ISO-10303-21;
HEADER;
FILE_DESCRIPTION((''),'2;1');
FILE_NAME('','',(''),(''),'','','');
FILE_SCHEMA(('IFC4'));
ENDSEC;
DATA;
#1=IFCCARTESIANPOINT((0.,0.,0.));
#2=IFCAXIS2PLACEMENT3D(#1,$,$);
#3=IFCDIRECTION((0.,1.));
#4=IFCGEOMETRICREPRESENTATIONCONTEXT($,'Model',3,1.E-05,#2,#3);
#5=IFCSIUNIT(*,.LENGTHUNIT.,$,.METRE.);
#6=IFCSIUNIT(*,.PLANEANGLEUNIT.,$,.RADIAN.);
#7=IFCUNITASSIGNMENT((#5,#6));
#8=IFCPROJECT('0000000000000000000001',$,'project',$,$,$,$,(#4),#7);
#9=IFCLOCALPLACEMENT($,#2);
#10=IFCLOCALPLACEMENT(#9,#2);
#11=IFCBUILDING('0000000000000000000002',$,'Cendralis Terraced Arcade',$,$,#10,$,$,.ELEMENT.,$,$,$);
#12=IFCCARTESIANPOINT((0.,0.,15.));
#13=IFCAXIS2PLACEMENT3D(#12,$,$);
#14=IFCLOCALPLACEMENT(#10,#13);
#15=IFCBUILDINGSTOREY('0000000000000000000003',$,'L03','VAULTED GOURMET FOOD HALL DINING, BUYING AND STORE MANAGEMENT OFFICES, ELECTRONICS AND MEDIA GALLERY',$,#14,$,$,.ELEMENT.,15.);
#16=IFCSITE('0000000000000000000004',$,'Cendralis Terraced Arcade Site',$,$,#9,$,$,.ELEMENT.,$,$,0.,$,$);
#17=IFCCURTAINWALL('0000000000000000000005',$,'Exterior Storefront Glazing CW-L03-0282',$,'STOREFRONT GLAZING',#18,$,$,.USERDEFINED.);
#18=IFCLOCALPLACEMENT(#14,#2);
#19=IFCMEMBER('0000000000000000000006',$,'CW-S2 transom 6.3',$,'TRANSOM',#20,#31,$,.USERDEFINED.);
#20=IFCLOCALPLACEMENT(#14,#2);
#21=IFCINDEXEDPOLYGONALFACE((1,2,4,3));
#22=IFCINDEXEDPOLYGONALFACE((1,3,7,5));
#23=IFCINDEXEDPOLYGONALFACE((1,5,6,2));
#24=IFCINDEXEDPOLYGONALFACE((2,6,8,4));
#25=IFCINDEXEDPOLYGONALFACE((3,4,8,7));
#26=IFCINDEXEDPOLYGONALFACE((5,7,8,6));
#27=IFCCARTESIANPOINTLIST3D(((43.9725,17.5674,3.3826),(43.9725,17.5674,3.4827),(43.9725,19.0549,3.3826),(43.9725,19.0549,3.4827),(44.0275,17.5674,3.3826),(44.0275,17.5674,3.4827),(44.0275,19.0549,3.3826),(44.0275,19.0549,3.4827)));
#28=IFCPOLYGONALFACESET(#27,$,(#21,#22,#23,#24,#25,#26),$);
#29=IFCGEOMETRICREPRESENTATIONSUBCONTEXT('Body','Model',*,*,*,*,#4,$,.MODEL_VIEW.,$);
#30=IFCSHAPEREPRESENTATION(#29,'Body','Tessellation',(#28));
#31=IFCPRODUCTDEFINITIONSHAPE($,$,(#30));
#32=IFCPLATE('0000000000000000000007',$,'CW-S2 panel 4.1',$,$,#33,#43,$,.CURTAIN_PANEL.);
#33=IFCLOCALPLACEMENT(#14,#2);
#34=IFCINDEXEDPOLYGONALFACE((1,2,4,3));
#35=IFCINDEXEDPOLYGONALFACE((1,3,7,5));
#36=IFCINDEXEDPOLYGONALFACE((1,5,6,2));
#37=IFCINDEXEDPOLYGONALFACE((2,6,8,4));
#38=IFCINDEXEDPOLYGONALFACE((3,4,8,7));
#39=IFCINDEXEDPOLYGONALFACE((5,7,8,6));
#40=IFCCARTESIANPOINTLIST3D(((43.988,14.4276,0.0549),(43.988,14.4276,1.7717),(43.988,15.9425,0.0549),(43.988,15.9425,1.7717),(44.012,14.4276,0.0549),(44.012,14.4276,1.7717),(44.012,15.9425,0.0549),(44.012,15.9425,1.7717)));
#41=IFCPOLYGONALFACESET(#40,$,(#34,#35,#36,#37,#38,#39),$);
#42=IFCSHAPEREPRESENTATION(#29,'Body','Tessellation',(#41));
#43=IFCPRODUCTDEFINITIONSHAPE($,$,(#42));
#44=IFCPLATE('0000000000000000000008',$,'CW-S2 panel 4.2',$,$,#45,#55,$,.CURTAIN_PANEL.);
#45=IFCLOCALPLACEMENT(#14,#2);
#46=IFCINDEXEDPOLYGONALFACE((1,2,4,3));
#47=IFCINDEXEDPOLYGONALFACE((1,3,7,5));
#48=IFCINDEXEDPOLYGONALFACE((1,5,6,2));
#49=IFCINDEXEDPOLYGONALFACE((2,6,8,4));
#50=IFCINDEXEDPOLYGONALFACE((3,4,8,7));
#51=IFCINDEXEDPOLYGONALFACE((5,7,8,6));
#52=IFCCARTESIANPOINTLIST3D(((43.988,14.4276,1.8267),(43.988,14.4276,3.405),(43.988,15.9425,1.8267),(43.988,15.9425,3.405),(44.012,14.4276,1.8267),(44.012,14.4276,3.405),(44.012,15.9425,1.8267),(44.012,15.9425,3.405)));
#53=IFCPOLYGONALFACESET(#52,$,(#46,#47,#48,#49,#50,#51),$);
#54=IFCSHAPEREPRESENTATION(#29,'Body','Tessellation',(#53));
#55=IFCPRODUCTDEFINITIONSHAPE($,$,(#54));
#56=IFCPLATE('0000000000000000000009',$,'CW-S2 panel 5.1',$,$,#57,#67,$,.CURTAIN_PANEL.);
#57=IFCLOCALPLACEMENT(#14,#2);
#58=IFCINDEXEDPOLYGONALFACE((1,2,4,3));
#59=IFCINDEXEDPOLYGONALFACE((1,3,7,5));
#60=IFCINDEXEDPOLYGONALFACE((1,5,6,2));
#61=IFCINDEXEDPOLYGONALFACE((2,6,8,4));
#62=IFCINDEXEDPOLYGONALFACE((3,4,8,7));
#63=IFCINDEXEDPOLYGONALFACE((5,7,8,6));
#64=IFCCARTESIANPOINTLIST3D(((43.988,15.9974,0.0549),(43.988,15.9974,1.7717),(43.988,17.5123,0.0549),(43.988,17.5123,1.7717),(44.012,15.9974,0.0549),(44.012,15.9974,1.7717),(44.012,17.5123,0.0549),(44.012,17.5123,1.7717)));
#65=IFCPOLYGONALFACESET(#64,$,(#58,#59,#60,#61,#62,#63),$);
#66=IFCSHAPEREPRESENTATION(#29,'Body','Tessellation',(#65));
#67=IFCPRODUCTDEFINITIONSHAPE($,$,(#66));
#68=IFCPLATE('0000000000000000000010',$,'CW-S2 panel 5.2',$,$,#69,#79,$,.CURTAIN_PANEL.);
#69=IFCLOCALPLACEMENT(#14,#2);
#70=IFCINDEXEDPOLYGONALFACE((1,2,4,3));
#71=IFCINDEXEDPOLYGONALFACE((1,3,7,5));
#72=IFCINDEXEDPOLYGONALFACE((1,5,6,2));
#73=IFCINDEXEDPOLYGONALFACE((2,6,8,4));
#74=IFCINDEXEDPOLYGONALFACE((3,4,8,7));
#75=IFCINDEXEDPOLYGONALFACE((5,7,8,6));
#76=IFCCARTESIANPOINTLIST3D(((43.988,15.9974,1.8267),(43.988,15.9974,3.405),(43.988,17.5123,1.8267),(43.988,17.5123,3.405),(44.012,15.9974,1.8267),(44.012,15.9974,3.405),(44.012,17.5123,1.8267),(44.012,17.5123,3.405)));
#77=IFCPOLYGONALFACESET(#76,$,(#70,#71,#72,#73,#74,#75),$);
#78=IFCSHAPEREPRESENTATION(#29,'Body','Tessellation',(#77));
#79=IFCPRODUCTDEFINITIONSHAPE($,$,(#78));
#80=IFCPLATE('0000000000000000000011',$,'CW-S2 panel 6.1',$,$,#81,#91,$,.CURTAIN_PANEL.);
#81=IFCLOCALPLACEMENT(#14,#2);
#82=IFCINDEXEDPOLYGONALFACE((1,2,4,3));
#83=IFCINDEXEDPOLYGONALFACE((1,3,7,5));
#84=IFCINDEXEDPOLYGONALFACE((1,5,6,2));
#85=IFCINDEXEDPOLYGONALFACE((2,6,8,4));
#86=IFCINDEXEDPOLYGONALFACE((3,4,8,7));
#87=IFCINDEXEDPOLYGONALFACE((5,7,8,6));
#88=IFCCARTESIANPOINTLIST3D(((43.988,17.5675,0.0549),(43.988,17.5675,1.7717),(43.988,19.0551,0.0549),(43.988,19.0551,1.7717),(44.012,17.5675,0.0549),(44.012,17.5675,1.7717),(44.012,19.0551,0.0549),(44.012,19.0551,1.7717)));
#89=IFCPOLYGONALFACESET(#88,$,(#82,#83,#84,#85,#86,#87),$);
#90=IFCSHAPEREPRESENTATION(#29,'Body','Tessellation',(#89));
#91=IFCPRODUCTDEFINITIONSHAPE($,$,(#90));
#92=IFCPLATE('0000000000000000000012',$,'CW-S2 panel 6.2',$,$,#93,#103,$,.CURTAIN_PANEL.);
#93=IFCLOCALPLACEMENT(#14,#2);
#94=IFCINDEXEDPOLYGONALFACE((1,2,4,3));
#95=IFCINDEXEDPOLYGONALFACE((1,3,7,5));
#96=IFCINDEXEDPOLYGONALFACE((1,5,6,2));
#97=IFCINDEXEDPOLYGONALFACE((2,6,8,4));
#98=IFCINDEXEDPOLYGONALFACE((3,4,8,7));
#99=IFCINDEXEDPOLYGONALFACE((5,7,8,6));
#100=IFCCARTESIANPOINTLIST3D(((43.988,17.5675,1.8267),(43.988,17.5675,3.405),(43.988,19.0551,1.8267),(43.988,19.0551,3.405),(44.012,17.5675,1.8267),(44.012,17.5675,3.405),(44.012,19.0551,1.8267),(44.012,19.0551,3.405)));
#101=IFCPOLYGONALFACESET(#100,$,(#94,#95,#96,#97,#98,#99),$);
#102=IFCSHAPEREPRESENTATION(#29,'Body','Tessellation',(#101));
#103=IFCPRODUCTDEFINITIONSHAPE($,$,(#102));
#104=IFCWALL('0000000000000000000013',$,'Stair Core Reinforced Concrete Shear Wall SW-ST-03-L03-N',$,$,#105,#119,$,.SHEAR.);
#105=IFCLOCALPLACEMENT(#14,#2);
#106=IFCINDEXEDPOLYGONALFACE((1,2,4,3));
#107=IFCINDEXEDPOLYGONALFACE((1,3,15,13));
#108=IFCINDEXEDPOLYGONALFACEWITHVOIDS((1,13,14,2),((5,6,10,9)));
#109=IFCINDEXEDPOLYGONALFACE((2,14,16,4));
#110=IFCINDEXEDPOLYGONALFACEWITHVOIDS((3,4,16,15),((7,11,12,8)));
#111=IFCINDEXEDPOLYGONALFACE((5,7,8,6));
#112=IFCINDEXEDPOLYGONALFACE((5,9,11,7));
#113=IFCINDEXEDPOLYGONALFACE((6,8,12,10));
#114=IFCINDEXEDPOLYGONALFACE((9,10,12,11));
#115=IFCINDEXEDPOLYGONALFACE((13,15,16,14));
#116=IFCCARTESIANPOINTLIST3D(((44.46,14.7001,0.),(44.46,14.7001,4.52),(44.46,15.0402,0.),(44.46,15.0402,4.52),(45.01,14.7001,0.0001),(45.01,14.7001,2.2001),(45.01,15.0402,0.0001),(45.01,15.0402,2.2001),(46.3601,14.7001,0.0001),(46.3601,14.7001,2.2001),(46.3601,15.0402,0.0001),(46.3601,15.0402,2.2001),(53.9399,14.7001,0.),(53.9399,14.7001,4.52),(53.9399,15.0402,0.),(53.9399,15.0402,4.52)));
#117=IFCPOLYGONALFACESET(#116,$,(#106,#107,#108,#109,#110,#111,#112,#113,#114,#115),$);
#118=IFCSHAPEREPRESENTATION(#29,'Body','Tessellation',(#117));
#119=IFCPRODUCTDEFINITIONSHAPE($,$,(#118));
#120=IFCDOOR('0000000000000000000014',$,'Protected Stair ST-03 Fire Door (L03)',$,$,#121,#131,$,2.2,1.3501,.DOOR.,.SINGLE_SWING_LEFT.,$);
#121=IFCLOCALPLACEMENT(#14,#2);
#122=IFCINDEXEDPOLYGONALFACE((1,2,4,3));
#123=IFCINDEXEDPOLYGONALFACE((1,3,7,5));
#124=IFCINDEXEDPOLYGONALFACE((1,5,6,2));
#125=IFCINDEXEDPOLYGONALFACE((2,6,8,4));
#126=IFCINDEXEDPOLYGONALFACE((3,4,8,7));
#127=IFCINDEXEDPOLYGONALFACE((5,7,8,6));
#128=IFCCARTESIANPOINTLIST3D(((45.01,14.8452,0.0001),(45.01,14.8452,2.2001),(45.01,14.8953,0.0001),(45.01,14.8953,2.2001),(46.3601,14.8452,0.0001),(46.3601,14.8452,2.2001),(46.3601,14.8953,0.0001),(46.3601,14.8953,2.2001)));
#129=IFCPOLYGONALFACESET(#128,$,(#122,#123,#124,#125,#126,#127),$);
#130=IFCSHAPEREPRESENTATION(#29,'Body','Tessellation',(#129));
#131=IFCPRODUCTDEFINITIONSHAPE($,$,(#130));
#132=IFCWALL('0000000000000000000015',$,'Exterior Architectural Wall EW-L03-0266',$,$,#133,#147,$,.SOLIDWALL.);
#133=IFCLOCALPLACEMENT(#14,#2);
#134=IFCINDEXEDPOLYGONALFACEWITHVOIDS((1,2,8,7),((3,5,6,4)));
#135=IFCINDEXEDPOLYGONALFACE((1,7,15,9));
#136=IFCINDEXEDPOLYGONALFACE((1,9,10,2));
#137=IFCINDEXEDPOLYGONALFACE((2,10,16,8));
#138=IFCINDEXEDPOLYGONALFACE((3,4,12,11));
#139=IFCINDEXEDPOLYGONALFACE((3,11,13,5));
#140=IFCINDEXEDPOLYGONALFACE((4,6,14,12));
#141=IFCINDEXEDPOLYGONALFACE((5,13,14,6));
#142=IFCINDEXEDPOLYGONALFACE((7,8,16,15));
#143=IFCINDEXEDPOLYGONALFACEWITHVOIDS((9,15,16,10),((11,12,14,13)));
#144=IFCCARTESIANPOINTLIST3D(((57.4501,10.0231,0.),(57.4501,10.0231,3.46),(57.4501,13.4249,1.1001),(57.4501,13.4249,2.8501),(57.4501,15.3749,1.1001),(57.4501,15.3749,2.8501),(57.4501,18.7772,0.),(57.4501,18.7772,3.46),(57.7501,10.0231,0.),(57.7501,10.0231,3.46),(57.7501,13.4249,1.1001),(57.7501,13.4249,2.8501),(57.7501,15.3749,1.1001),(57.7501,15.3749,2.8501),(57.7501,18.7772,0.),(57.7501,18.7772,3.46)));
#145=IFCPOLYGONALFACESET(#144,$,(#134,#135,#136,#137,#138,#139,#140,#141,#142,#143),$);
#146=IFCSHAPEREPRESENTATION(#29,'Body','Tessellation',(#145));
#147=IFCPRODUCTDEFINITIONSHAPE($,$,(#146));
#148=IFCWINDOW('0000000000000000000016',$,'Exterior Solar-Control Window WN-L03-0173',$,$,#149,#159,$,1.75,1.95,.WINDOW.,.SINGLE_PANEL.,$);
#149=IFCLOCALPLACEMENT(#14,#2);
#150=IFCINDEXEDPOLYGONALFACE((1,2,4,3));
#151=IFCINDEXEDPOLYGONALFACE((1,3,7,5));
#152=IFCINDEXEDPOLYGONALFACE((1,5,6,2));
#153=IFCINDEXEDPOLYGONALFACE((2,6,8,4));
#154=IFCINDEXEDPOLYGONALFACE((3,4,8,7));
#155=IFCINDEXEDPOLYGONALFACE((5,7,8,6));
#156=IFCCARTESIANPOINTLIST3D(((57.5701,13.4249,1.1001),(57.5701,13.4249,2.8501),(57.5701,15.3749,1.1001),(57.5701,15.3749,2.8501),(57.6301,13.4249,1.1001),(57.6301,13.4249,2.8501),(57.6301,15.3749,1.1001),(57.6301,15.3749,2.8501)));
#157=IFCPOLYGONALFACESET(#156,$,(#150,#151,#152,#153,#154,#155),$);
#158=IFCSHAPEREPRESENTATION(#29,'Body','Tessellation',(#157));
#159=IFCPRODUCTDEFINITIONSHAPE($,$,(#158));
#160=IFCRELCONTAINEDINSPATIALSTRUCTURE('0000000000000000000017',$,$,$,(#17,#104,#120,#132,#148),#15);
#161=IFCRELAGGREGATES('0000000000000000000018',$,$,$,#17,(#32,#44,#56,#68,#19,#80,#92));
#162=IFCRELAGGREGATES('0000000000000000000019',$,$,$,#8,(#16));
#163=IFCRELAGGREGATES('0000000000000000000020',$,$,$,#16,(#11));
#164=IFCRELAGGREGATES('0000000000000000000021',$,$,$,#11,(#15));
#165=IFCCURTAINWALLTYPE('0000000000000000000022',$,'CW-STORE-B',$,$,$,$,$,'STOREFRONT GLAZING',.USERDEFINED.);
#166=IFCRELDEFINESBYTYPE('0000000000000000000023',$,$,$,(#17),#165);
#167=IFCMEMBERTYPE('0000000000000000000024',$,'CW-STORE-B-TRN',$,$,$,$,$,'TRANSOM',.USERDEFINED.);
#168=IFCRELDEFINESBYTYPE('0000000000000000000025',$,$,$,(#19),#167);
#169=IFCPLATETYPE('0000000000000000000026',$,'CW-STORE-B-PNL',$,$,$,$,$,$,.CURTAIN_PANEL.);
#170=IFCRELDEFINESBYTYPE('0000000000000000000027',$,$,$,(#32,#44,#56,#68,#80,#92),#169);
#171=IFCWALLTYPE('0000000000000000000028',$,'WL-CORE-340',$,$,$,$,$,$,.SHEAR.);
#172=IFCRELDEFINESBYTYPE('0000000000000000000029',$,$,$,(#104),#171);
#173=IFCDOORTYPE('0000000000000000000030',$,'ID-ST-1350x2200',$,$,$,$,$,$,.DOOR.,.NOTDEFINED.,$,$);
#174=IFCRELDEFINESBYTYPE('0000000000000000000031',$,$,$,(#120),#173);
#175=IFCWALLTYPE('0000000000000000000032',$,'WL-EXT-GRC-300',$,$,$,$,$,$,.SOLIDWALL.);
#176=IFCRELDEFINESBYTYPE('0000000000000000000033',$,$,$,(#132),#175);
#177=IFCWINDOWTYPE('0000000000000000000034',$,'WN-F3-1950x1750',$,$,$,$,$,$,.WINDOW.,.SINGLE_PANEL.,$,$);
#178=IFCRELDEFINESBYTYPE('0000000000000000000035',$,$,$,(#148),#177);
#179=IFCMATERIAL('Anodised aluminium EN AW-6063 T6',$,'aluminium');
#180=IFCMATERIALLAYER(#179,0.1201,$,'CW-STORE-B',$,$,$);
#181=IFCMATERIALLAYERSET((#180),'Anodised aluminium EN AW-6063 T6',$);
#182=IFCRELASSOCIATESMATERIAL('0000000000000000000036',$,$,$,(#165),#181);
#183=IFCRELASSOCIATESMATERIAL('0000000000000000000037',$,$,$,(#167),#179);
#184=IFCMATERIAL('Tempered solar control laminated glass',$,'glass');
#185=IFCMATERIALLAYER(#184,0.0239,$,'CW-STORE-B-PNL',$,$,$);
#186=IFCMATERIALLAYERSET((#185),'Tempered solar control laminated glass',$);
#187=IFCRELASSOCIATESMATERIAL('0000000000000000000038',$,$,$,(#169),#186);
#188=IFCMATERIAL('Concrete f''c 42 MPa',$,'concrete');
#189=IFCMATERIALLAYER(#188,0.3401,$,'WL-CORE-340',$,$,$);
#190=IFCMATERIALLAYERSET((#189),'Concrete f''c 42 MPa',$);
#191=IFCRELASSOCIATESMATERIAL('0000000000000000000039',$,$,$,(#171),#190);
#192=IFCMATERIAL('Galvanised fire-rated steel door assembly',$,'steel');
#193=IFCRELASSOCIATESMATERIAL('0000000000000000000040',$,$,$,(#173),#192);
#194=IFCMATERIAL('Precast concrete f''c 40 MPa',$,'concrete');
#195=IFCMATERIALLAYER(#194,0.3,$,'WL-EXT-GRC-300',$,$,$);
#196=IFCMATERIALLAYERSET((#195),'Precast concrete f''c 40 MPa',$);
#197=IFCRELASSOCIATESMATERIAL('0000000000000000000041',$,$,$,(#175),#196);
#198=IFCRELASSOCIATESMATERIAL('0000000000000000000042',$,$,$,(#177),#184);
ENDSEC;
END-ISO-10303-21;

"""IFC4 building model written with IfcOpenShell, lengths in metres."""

from ifc_helpers import new_model, si_unit, direction, frame, frame_2d, origin, origin_2d, place, context, subcontext, project, spatial, rectangle, extrude, material, layer, layer_set, material_profile, profile_set, type_object, element, fill, aggregate, save


model = new_model("IFC4")

# Units and contexts
model_context = context("Model", 3, precision=1e-05, world=origin(), true_north=direction((0.0, 1.0)))
body_context = subcontext(model_context, "Body", "Model", "MODEL_VIEW")
ifc_project = project(units=[si_unit("LENGTHUNIT", "METRE"), si_unit("PLANEANGLEUNIT", "RADIAN")], contexts=[model_context])

# Site, building, storey
site_placement = place(None, origin())
site = spatial("IfcSite", under=ifc_project, at=site_placement, Name="Cendralis Terraced Arcade Site", CompositionType="ELEMENT", RefElevation=0.0)
building_placement = place(site_placement, origin())
building = spatial("IfcBuilding", under=site, at=building_placement, Name="Cendralis Terraced Arcade", CompositionType="ELEMENT")
storey_placement = place(building_placement, frame((0.0, 0.0, 15.0)))
storey = spatial("IfcBuildingStorey", under=building, at=storey_placement, Name="L03", Description="VAULTED GOURMET FOOD HALL DINING, BUYING AND STORE MANAGEMENT OFFICES, ELECTRONICS AND MEDIA GALLERY", CompositionType="ELEMENT", Elevation=15.0)

# Shared definitions
ifc_material_1 = material(Name="Concrete f'c 42 MPa", Category="concrete")

# Curtain wall, member, plates
ifc_material_2 = material(Name="Anodised aluminium EN AW-6063 T6", Category="aluminium")
ifc_layer_1 = layer(ifc_material_2, 0.1201, Name="CW-STORE-B")
ifc_layer_set_1 = layer_set([ifc_layer_1], Name="Anodised aluminium EN AW-6063 T6")
curtain_wall_type = type_object("IfcCurtainWallType", Name="CW-STORE-B", ElementType="STOREFRONT GLAZING", PredefinedType="USERDEFINED", material=ifc_layer_set_1)
curtain_wall_placement = place(storey_placement, origin())
curtain_wall = element("IfcCurtainWall", 1, at=curtain_wall_placement, inside=storey, type_object=curtain_wall_type, Name="Exterior Storefront Glazing CW-L03-0282", ObjectType="STOREFRONT GLAZING", PredefinedType="USERDEFINED")
ifc_material_profile_1 = material_profile(ifc_material_2, rectangle(XDim=0.0549, YDim=0.1001, at=origin_2d()), Name="ALU-TRN-55x100")
ifc_profile_set_1 = profile_set([ifc_material_profile_1], Name="Anodised aluminium EN AW-6063 T6")
member_type_1 = type_object("IfcMemberType", Name="CW-STORE-B-TRN", ElementType="TRANSOM", PredefinedType="USERDEFINED", material=ifc_profile_set_1)
member_1_placement = place(storey_placement, frame((44.0, 17.5674, 3.4326), z_axis=(0.0, 1.0, 0.0), x_axis=(-1.0, 0.0, 0.0)))
member_1 = element("IfcMember", 2, at=member_1_placement, type_object=member_type_1, Name="CW-S2 transom 6.3", ObjectType="TRANSOM", PredefinedType="USERDEFINED", context=body_context, shape_type="SweptSolid", body=[
    extrude(rectangle(XDim=0.0549, YDim=0.1001, at=origin_2d()), origin(), (0.0, 0.0, 1.0), 1.4875),
])
ifc_material_3 = material(Name="Tempered solar control laminated glass", Category="glass")
ifc_layer_2 = layer(ifc_material_3, 0.0239, Name="CW-STORE-B-PNL")
ifc_layer_set_2 = layer_set([ifc_layer_2], Name="Tempered solar control laminated glass")
plate_type = type_object("IfcPlateType", Name="CW-STORE-B-PNL", PredefinedType="CURTAIN_PANEL", material=ifc_layer_set_2)
plate_1_placement = place(storey_placement, frame((44.0, 15.1851, 0.0549), z_axis=(0.0, 0.0, 1.0), x_axis=(0.0, 1.0, 0.0)))
plate_1 = element("IfcPlate", 3, at=plate_1_placement, type_object=plate_type, Name="CW-S2 panel 4.1", PredefinedType="CURTAIN_PANEL", context=body_context, shape_type="SweptSolid", body=[
    extrude(rectangle(XDim=1.5149, YDim=0.0239, at=origin_2d()), origin(), (0.0, 0.0, 1.0), 1.7168),
])
plate_2_placement = place(storey_placement, frame((44.0, 15.1851, 1.8267), z_axis=(0.0, 0.0, 1.0), x_axis=(0.0, 1.0, 0.0)))
plate_2 = element("IfcPlate", 4, at=plate_2_placement, type_object=plate_type, Name="CW-S2 panel 4.2", PredefinedType="CURTAIN_PANEL", context=body_context, shape_type="SweptSolid", body=[
    extrude(rectangle(XDim=1.5149, YDim=0.0239, at=origin_2d()), origin(), (0.0, 0.0, 1.0), 1.5784),
])
plate_3_placement = place(storey_placement, frame((44.0, 16.7549, 0.0549), z_axis=(0.0, 0.0, 1.0), x_axis=(0.0, 1.0, 0.0)))
plate_3 = element("IfcPlate", 5, at=plate_3_placement, type_object=plate_type, Name="CW-S2 panel 5.1", PredefinedType="CURTAIN_PANEL", context=body_context, shape_type="SweptSolid", body=[
    extrude(rectangle(XDim=1.5149, YDim=0.0239, at=origin_2d()), origin(), (0.0, 0.0, 1.0), 1.7168),
])
plate_4_placement = place(storey_placement, frame((44.0, 16.7549, 1.8267), z_axis=(0.0, 0.0, 1.0), x_axis=(0.0, 1.0, 0.0)))
plate_4 = element("IfcPlate", 6, at=plate_4_placement, type_object=plate_type, Name="CW-S2 panel 5.2", PredefinedType="CURTAIN_PANEL", context=body_context, shape_type="SweptSolid", body=[
    extrude(rectangle(XDim=1.5149, YDim=0.0239, at=origin_2d()), origin(), (0.0, 0.0, 1.0), 1.5784),
])
plate_5_placement = place(storey_placement, frame((44.0, 18.3113, 0.0549), z_axis=(0.0, 0.0, 1.0), x_axis=(0.0, 1.0, 0.0)))
plate_5 = element("IfcPlate", 7, at=plate_5_placement, type_object=plate_type, Name="CW-S2 panel 6.1", PredefinedType="CURTAIN_PANEL", context=body_context, shape_type="SweptSolid", body=[
    extrude(rectangle(XDim=1.4875, YDim=0.0239, at=origin_2d()), origin(), (0.0, 0.0, 1.0), 1.7168),
])
plate_6_placement = place(storey_placement, frame((44.0, 18.3113, 1.8267), z_axis=(0.0, 0.0, 1.0), x_axis=(0.0, 1.0, 0.0)))
plate_6 = element("IfcPlate", 8, at=plate_6_placement, type_object=plate_type, Name="CW-S2 panel 6.2", PredefinedType="CURTAIN_PANEL", context=body_context, shape_type="SweptSolid", body=[
    extrude(rectangle(XDim=1.4875, YDim=0.0239, at=origin_2d()), origin(), (0.0, 0.0, 1.0), 1.5784),
])
aggregate(curtain_wall, [plate_1, plate_2, plate_3, plate_4, member_1, plate_5, plate_6])

# Wall, opening, door
ifc_layer_3 = layer(ifc_material_1, 0.3401, Name="WL-CORE-340")
ifc_layer_set_3 = layer_set([ifc_layer_3], Name="Concrete f'c 42 MPa")
wall_type_1 = type_object("IfcWallType", Name="WL-CORE-340", PredefinedType="SHEAR", material=ifc_layer_set_3)
wall_1_placement = place(storey_placement, frame((44.46, 14.8701, 0.0), z_axis=(0.0, 0.0, 1.0), x_axis=(1.0, 0.0, 0.0)))
wall_1 = element("IfcWall", 9, at=wall_1_placement, inside=storey, type_object=wall_type_1, Name="Stair Core Reinforced Concrete Shear Wall SW-ST-03-L03-N", PredefinedType="SHEAR", context=body_context, shape_type="SweptSolid", body=[
    extrude(rectangle(XDim=9.48, YDim=0.3401, at=frame_2d((4.74, 0.0))), origin(), (0.0, 0.0, 1.0), 4.52),
])
opening_1_placement = place(wall_1_placement, frame((0.55, 0.0, 0.0)))
opening_1 = element("IfcOpeningElement", 10, at=opening_1_placement, cuts=wall_1, PredefinedType="OPENING", context=body_context, shape_type="SweptSolid", body=[
    extrude(rectangle(XDim=1.3501, YDim=2.2, at=frame_2d((0.675, 1.1001))), frame((0.0, 0.1821, 0.0), z_axis=(0.0, -1.0, 0.0), x_axis=(1.0, 0.0, 0.0)), (0.0, 0.0, 1.0), 0.364),
])
ifc_material_4 = material(Name="Galvanised fire-rated steel door assembly", Category="steel")
door_type_1 = type_object("IfcDoorType", Name="ID-ST-1350x2200", OperationType="NOTDEFINED", PredefinedType="DOOR", material=ifc_material_4)
door_1_placement = place(opening_1_placement, frame((1.3501, 0.0, 0.0), z_axis=(0.0, 0.0, 1.0), x_axis=(-1.0, 0.0, 0.0)))
door_1 = element("IfcDoor", 11, at=door_1_placement, inside=storey, type_object=door_type_1, Name="Protected Stair ST-03 Fire Door (L03)", OperationType="SINGLE_SWING_LEFT", OverallHeight=2.2, OverallWidth=1.3501, PredefinedType="DOOR", context=body_context, shape_type="SweptSolid", body=[
    extrude(rectangle(XDim=1.3501, YDim=2.2, at=frame_2d((0.675, 1.1001))), frame((0.0, 0.0249, 0.0), z_axis=(0.0, -1.0, 0.0), x_axis=(1.0, 0.0, 0.0)), (0.0, 0.0, 1.0), 0.05),
])
fill(opening_1, door_1)

# Wall, opening, window
ifc_material_5 = material(Name="Precast concrete f'c 40 MPa", Category="concrete")
ifc_layer_4 = layer(ifc_material_5, 0.3, Name="WL-EXT-GRC-300")
ifc_layer_set_4 = layer_set([ifc_layer_4], Name="Precast concrete f'c 40 MPa")
wall_type_2 = type_object("IfcWallType", Name="WL-EXT-GRC-300", PredefinedType="SOLIDWALL", material=ifc_layer_set_4)
wall_2_placement = place(storey_placement, frame((57.6001, 18.7771, 0.0), z_axis=(0.0, 0.0, 1.0), x_axis=(0.0, -1.0, 0.0)))
wall_2 = element("IfcWall", 12, at=wall_2_placement, inside=storey, type_object=wall_type_2, Name="Exterior Architectural Wall EW-L03-0266", PredefinedType="SOLIDWALL", context=body_context, shape_type="SweptSolid", body=[
    extrude(rectangle(XDim=8.7542, YDim=0.3, at=frame_2d((4.377, 0.0))), origin(), (0.0, 0.0, 1.0), 3.46),
])
opening_2_placement = place(wall_2_placement, frame((3.4021, 0.0, 1.1001)))
opening_2 = element("IfcOpeningElement", 13, at=opening_2_placement, cuts=wall_2, PredefinedType="OPENING", context=body_context, shape_type="SweptSolid", body=[
    extrude(rectangle(XDim=1.95, YDim=1.75, at=frame_2d((0.9751, 0.875))), frame((0.0, 0.1621, 0.0), z_axis=(0.0, -1.0, 0.0), x_axis=(1.0, 0.0, 0.0)), (0.0, 0.0, 1.0), 0.324),
])
window_type_1 = type_object("IfcWindowType", Name="WN-F3-1950x1750", PartitioningType="SINGLE_PANEL", PredefinedType="WINDOW", material=ifc_material_3)
window_1_placement = place(opening_2_placement, origin())
window_1 = element("IfcWindow", 14, at=window_1_placement, inside=storey, type_object=window_type_1, Name="Exterior Solar-Control Window WN-L03-0173", OverallHeight=1.75, OverallWidth=1.95, PartitioningType="SINGLE_PANEL", PredefinedType="WINDOW", context=body_context, shape_type="SweptSolid", body=[
    extrude(rectangle(XDim=1.95, YDim=1.75, at=frame_2d((0.9751, 0.875))), frame((0.0, 0.03, 0.0), z_axis=(0.0, -1.0, 0.0), x_axis=(1.0, 0.0, 0.0)), (0.0, 0.0, 1.0), 0.0601),
])
fill(opening_2, window_1)

save(model, "model.ifc")
